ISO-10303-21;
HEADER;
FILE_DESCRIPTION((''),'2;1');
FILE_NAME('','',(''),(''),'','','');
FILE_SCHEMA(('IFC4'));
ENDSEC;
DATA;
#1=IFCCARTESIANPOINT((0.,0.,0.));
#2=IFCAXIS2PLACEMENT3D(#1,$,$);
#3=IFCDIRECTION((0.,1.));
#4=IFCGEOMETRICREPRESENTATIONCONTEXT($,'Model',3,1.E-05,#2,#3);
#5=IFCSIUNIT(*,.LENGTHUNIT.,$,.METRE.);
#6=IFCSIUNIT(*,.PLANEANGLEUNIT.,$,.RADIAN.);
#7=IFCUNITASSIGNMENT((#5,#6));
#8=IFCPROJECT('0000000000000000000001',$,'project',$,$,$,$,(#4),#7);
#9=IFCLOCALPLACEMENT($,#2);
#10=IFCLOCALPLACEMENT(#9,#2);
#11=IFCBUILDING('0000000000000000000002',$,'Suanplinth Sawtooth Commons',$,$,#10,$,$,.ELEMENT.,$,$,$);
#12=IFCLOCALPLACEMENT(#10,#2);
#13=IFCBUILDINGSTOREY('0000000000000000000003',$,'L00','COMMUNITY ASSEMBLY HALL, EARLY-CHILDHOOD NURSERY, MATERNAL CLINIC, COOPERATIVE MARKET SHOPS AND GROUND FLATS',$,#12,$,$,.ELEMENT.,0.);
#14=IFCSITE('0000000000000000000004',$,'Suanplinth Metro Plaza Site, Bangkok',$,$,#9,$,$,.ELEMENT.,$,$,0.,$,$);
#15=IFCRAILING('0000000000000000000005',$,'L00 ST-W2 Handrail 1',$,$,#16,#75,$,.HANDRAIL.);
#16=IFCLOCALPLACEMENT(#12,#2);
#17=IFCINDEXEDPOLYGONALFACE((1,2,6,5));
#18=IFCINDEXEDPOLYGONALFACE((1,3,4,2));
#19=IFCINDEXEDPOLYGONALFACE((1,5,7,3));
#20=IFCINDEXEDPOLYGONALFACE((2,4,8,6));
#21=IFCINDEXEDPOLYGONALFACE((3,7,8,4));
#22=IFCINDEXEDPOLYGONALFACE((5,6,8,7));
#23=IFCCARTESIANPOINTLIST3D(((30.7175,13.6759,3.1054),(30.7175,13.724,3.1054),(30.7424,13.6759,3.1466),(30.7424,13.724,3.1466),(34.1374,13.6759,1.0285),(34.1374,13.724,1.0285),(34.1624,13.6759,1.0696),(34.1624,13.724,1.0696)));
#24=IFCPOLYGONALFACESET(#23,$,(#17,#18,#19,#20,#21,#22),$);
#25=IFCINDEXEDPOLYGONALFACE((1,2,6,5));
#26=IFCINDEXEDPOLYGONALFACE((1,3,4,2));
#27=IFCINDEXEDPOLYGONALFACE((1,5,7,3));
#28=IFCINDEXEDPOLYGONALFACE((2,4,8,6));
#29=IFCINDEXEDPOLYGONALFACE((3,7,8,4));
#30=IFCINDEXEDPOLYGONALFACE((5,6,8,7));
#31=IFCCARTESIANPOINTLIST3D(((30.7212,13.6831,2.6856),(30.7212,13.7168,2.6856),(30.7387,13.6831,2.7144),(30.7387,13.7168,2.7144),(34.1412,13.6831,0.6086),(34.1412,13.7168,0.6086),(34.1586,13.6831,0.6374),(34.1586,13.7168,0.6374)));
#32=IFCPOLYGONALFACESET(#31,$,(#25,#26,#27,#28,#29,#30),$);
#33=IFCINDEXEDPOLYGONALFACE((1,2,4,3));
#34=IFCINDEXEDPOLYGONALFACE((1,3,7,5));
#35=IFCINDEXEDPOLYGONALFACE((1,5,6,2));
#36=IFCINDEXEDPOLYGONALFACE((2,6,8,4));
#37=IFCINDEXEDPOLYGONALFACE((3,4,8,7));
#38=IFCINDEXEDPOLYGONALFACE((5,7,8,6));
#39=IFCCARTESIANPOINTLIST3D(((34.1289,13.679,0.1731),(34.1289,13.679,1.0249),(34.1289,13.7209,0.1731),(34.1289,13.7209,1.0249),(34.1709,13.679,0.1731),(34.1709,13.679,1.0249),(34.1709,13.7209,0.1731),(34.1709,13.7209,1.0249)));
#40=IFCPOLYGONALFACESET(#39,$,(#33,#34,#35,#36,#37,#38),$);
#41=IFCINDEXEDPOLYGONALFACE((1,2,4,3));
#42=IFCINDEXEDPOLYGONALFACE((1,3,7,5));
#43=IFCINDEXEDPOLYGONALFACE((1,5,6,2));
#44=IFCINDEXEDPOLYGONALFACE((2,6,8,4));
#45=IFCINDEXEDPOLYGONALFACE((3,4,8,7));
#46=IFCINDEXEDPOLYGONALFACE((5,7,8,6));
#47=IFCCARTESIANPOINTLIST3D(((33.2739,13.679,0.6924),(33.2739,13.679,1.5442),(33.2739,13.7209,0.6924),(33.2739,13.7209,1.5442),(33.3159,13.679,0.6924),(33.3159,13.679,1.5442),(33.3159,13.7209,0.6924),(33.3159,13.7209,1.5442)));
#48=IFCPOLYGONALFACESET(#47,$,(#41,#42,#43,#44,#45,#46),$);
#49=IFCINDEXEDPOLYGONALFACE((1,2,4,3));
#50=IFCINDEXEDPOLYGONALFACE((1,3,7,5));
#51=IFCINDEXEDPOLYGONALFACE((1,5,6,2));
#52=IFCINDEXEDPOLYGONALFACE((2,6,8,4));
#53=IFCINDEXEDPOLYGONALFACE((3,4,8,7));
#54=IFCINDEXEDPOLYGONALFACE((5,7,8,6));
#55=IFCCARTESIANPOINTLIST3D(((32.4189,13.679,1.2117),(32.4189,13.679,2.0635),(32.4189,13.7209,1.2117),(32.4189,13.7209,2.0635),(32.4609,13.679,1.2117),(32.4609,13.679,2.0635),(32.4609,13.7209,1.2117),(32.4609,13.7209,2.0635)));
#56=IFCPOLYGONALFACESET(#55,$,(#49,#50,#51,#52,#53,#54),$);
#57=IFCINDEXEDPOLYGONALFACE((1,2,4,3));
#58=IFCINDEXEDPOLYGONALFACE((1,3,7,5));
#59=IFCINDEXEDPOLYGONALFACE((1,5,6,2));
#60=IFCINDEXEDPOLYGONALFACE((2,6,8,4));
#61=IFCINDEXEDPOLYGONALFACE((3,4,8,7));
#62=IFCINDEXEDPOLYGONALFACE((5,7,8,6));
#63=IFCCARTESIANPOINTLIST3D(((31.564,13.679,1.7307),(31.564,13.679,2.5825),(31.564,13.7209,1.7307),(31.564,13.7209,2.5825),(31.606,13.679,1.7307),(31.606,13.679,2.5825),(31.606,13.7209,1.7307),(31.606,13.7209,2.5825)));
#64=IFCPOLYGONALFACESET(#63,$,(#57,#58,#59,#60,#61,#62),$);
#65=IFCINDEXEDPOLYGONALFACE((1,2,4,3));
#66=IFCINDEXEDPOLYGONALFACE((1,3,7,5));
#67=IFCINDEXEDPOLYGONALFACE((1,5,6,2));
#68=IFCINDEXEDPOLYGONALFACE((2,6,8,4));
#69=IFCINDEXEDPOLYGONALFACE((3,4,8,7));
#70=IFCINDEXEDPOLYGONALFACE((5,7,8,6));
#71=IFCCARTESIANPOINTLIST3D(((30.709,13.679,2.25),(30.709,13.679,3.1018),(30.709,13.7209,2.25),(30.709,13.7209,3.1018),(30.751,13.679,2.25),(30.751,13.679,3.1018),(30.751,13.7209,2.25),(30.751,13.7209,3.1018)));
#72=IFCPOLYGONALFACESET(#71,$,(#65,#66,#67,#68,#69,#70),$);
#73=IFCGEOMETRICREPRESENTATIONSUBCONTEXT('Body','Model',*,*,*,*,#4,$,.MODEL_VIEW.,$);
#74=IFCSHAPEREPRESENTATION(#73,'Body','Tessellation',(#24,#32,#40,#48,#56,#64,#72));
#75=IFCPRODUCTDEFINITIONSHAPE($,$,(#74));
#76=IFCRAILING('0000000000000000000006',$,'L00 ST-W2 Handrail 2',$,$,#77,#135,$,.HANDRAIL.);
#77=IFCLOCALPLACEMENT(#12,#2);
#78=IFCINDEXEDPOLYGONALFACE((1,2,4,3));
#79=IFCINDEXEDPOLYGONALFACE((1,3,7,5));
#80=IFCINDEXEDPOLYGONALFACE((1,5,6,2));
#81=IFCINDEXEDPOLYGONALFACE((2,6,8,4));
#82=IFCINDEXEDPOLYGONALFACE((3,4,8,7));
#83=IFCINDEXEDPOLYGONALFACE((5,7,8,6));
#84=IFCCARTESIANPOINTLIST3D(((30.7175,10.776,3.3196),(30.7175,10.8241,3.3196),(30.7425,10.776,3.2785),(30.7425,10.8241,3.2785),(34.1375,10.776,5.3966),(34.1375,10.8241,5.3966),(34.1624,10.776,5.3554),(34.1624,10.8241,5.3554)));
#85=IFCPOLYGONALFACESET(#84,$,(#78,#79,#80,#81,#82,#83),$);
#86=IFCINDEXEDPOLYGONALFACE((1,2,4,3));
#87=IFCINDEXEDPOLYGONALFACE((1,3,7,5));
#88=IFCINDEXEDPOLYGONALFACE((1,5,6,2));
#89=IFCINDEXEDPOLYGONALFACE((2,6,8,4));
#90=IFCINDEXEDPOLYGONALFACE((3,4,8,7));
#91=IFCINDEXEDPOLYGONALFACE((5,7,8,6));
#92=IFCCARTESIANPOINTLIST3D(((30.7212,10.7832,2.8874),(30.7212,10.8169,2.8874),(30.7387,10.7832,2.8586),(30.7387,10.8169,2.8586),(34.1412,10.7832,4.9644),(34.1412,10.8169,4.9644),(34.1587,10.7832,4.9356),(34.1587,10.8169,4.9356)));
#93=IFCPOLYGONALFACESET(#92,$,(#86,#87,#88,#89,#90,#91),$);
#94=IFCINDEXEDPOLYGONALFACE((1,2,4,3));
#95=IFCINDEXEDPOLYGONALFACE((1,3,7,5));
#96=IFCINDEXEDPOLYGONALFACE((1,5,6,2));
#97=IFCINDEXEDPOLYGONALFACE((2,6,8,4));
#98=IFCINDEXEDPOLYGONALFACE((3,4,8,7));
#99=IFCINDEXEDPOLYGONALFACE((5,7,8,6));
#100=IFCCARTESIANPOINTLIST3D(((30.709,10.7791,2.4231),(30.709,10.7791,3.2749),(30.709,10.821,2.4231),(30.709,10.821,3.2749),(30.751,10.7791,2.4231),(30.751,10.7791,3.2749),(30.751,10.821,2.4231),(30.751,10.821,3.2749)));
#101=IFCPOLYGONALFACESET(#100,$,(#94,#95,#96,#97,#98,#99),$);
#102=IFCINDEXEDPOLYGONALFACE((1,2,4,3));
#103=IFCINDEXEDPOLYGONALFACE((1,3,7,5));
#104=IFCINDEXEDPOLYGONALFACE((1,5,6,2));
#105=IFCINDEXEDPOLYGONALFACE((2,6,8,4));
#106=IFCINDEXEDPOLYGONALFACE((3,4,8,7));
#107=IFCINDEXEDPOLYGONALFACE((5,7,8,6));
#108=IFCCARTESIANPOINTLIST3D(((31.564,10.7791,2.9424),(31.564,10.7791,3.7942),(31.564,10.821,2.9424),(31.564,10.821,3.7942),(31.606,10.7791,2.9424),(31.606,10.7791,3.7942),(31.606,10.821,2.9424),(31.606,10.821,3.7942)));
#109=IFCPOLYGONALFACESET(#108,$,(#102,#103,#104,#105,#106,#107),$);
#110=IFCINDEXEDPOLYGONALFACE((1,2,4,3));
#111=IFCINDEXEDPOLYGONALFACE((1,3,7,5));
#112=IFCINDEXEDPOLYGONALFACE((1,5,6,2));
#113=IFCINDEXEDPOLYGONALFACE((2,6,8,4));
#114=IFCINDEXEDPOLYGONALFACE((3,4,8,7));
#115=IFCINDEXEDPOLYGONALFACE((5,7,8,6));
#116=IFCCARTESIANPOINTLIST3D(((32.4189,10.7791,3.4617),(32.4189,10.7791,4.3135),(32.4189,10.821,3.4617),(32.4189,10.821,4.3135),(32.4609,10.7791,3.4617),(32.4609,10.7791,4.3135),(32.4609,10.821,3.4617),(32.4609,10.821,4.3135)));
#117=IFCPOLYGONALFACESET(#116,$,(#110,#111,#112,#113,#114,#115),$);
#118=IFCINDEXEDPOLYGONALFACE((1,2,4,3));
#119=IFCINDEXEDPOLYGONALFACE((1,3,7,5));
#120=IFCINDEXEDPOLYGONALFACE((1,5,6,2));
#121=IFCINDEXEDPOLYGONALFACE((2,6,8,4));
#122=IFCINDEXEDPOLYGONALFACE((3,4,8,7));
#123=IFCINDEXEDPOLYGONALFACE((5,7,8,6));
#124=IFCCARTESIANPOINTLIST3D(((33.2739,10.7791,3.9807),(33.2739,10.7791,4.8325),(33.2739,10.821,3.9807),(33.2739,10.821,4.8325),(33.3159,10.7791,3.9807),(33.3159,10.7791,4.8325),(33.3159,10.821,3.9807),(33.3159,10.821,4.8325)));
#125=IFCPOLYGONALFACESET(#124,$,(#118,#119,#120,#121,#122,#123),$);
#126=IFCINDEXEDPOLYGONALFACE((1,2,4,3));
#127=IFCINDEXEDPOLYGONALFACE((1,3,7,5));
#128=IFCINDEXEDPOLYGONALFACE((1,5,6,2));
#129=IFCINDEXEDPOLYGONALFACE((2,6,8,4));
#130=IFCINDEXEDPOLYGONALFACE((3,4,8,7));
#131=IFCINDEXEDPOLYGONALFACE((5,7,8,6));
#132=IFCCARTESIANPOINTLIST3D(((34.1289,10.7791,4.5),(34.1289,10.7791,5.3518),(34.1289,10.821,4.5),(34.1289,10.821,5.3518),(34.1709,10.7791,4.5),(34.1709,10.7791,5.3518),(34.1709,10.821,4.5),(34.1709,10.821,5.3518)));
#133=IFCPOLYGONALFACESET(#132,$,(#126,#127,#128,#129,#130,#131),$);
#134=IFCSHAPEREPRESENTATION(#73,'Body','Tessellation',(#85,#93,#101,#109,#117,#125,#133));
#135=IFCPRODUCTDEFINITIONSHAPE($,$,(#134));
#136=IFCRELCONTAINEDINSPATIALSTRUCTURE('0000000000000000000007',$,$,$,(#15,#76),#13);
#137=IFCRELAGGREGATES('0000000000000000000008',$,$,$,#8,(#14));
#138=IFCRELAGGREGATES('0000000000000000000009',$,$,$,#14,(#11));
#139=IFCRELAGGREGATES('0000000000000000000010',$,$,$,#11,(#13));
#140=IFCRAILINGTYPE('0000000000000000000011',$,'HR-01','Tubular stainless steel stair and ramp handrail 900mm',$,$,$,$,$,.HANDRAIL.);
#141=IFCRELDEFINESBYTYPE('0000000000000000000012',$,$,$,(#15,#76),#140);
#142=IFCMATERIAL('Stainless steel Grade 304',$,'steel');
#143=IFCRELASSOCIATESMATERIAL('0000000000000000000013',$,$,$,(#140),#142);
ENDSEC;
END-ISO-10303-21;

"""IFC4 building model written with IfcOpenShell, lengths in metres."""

from ifc_helpers import new_model, si_unit, direction, frame, origin, origin_2d, place, context, subcontext, project, spatial, rectangle, extrude, material, type_object, element, save


model = new_model("IFC4")

# Units and contexts
model_context = context("Model", 3, precision=1e-05, world=origin(), true_north=direction((0.0, 1.0)))
body_context = subcontext(model_context, "Body", "Model", "MODEL_VIEW")
ifc_project = project(units=[si_unit("LENGTHUNIT", "METRE"), si_unit("PLANEANGLEUNIT", "RADIAN")], contexts=[model_context])

# Site, building, storey
site_placement = place(None, origin())
site = spatial("IfcSite", under=ifc_project, at=site_placement, Name="Suanplinth Metro Plaza Site, Bangkok", CompositionType="ELEMENT", RefElevation=0.0)
building_placement = place(site_placement, origin())
building = spatial("IfcBuilding", under=site, at=building_placement, Name="Suanplinth Sawtooth Commons", CompositionType="ELEMENT")
storey_placement = place(building_placement, origin())
storey = spatial("IfcBuildingStorey", under=building, at=storey_placement, Name="L00", Description="COMMUNITY ASSEMBLY HALL, EARLY-CHILDHOOD NURSERY, MATERNAL CLINIC, COOPERATIVE MARKET SHOPS AND GROUND FLATS", CompositionType="ELEMENT", Elevation=0.0)

# Railings
ifc_material_1 = material(Name="Stainless steel Grade 304", Category="steel")
railing_type_1 = type_object("IfcRailingType", Name="HR-01", Description="Tubular stainless steel stair and ramp handrail 900mm", PredefinedType="HANDRAIL", material=ifc_material_1)
railing_1_placement = place(storey_placement, frame((34.1499, 13.7, 0.1731)))
element("IfcRailing", 1, at=railing_1_placement, inside=storey, type_object=railing_type_1, Name="L00 ST-W2 Handrail 1", PredefinedType="HANDRAIL", context=body_context, shape_type="SweptSolid", body=[
    extrude(rectangle(XDim=0.0481, YDim=0.0481, at=origin_2d()), frame((0.0, 0.0, 0.876), z_axis=(-0.85473, 0.0, 0.519074), x_axis=(0.0, -1.0, 0.0)), (0.0, 0.0, 1.0), 4.0012),
    extrude(rectangle(XDim=0.0337, YDim=0.0337, at=origin_2d()), frame((0.0, 0.0, 0.45), z_axis=(-0.85473, 0.0, 0.519074), x_axis=(0.0, -1.0, 0.0)), (0.0, 0.0, 1.0), 4.0012),
    extrude(rectangle(XDim=0.042, YDim=0.042, at=origin_2d()), origin(), (0.0, 0.0, 1.0), 0.8518),
    extrude(rectangle(XDim=0.042, YDim=0.042, at=origin_2d()), frame((-0.855, 0.0, 0.5193)), (0.0, 0.0, 1.0), 0.8518),
    extrude(rectangle(XDim=0.042, YDim=0.042, at=origin_2d()), frame((-1.71, 0.0, 1.0386)), (0.0, 0.0, 1.0), 0.8518),
    extrude(rectangle(XDim=0.042, YDim=0.042, at=origin_2d()), frame((-2.5649, 0.0, 1.5576)), (0.0, 0.0, 1.0), 0.8518),
    extrude(rectangle(XDim=0.042, YDim=0.042, at=origin_2d()), frame((-3.4199, 0.0, 2.0769)), (0.0, 0.0, 1.0), 0.8518),
])
railing_2_placement = place(storey_placement, frame((30.73, 10.8, 2.4231)))
element("IfcRailing", 2, at=railing_2_placement, inside=storey, type_object=railing_type_1, Name="L00 ST-W2 Handrail 2", PredefinedType="HANDRAIL", context=body_context, shape_type="SweptSolid", body=[
    extrude(rectangle(XDim=0.0481, YDim=0.0481, at=origin_2d()), frame((0.0, 0.0, 0.876), z_axis=(0.85473, 0.0, 0.519074), x_axis=(0.0, 1.0, 0.0)), (0.0, 0.0, 1.0), 4.0012),
    extrude(rectangle(XDim=0.0337, YDim=0.0337, at=origin_2d()), frame((0.0, 0.0, 0.45), z_axis=(0.85473, 0.0, 0.519074), x_axis=(0.0, 1.0, 0.0)), (0.0, 0.0, 1.0), 4.0012),
    extrude(rectangle(XDim=0.042, YDim=0.042, at=origin_2d()), origin(), (0.0, 0.0, 1.0), 0.8518),
    extrude(rectangle(XDim=0.042, YDim=0.042, at=origin_2d()), frame((0.855, 0.0, 0.5193)), (0.0, 0.0, 1.0), 0.8518),
    extrude(rectangle(XDim=0.042, YDim=0.042, at=origin_2d()), frame((1.71, 0.0, 1.0386)), (0.0, 0.0, 1.0), 0.8518),
    extrude(rectangle(XDim=0.042, YDim=0.042, at=origin_2d()), frame((2.5649, 0.0, 1.5576)), (0.0, 0.0, 1.0), 0.8518),
    extrude(rectangle(XDim=0.042, YDim=0.042, at=origin_2d()), frame((3.4199, 0.0, 2.0769)), (0.0, 0.0, 1.0), 0.8518),
])

save(model, "model.ifc")
